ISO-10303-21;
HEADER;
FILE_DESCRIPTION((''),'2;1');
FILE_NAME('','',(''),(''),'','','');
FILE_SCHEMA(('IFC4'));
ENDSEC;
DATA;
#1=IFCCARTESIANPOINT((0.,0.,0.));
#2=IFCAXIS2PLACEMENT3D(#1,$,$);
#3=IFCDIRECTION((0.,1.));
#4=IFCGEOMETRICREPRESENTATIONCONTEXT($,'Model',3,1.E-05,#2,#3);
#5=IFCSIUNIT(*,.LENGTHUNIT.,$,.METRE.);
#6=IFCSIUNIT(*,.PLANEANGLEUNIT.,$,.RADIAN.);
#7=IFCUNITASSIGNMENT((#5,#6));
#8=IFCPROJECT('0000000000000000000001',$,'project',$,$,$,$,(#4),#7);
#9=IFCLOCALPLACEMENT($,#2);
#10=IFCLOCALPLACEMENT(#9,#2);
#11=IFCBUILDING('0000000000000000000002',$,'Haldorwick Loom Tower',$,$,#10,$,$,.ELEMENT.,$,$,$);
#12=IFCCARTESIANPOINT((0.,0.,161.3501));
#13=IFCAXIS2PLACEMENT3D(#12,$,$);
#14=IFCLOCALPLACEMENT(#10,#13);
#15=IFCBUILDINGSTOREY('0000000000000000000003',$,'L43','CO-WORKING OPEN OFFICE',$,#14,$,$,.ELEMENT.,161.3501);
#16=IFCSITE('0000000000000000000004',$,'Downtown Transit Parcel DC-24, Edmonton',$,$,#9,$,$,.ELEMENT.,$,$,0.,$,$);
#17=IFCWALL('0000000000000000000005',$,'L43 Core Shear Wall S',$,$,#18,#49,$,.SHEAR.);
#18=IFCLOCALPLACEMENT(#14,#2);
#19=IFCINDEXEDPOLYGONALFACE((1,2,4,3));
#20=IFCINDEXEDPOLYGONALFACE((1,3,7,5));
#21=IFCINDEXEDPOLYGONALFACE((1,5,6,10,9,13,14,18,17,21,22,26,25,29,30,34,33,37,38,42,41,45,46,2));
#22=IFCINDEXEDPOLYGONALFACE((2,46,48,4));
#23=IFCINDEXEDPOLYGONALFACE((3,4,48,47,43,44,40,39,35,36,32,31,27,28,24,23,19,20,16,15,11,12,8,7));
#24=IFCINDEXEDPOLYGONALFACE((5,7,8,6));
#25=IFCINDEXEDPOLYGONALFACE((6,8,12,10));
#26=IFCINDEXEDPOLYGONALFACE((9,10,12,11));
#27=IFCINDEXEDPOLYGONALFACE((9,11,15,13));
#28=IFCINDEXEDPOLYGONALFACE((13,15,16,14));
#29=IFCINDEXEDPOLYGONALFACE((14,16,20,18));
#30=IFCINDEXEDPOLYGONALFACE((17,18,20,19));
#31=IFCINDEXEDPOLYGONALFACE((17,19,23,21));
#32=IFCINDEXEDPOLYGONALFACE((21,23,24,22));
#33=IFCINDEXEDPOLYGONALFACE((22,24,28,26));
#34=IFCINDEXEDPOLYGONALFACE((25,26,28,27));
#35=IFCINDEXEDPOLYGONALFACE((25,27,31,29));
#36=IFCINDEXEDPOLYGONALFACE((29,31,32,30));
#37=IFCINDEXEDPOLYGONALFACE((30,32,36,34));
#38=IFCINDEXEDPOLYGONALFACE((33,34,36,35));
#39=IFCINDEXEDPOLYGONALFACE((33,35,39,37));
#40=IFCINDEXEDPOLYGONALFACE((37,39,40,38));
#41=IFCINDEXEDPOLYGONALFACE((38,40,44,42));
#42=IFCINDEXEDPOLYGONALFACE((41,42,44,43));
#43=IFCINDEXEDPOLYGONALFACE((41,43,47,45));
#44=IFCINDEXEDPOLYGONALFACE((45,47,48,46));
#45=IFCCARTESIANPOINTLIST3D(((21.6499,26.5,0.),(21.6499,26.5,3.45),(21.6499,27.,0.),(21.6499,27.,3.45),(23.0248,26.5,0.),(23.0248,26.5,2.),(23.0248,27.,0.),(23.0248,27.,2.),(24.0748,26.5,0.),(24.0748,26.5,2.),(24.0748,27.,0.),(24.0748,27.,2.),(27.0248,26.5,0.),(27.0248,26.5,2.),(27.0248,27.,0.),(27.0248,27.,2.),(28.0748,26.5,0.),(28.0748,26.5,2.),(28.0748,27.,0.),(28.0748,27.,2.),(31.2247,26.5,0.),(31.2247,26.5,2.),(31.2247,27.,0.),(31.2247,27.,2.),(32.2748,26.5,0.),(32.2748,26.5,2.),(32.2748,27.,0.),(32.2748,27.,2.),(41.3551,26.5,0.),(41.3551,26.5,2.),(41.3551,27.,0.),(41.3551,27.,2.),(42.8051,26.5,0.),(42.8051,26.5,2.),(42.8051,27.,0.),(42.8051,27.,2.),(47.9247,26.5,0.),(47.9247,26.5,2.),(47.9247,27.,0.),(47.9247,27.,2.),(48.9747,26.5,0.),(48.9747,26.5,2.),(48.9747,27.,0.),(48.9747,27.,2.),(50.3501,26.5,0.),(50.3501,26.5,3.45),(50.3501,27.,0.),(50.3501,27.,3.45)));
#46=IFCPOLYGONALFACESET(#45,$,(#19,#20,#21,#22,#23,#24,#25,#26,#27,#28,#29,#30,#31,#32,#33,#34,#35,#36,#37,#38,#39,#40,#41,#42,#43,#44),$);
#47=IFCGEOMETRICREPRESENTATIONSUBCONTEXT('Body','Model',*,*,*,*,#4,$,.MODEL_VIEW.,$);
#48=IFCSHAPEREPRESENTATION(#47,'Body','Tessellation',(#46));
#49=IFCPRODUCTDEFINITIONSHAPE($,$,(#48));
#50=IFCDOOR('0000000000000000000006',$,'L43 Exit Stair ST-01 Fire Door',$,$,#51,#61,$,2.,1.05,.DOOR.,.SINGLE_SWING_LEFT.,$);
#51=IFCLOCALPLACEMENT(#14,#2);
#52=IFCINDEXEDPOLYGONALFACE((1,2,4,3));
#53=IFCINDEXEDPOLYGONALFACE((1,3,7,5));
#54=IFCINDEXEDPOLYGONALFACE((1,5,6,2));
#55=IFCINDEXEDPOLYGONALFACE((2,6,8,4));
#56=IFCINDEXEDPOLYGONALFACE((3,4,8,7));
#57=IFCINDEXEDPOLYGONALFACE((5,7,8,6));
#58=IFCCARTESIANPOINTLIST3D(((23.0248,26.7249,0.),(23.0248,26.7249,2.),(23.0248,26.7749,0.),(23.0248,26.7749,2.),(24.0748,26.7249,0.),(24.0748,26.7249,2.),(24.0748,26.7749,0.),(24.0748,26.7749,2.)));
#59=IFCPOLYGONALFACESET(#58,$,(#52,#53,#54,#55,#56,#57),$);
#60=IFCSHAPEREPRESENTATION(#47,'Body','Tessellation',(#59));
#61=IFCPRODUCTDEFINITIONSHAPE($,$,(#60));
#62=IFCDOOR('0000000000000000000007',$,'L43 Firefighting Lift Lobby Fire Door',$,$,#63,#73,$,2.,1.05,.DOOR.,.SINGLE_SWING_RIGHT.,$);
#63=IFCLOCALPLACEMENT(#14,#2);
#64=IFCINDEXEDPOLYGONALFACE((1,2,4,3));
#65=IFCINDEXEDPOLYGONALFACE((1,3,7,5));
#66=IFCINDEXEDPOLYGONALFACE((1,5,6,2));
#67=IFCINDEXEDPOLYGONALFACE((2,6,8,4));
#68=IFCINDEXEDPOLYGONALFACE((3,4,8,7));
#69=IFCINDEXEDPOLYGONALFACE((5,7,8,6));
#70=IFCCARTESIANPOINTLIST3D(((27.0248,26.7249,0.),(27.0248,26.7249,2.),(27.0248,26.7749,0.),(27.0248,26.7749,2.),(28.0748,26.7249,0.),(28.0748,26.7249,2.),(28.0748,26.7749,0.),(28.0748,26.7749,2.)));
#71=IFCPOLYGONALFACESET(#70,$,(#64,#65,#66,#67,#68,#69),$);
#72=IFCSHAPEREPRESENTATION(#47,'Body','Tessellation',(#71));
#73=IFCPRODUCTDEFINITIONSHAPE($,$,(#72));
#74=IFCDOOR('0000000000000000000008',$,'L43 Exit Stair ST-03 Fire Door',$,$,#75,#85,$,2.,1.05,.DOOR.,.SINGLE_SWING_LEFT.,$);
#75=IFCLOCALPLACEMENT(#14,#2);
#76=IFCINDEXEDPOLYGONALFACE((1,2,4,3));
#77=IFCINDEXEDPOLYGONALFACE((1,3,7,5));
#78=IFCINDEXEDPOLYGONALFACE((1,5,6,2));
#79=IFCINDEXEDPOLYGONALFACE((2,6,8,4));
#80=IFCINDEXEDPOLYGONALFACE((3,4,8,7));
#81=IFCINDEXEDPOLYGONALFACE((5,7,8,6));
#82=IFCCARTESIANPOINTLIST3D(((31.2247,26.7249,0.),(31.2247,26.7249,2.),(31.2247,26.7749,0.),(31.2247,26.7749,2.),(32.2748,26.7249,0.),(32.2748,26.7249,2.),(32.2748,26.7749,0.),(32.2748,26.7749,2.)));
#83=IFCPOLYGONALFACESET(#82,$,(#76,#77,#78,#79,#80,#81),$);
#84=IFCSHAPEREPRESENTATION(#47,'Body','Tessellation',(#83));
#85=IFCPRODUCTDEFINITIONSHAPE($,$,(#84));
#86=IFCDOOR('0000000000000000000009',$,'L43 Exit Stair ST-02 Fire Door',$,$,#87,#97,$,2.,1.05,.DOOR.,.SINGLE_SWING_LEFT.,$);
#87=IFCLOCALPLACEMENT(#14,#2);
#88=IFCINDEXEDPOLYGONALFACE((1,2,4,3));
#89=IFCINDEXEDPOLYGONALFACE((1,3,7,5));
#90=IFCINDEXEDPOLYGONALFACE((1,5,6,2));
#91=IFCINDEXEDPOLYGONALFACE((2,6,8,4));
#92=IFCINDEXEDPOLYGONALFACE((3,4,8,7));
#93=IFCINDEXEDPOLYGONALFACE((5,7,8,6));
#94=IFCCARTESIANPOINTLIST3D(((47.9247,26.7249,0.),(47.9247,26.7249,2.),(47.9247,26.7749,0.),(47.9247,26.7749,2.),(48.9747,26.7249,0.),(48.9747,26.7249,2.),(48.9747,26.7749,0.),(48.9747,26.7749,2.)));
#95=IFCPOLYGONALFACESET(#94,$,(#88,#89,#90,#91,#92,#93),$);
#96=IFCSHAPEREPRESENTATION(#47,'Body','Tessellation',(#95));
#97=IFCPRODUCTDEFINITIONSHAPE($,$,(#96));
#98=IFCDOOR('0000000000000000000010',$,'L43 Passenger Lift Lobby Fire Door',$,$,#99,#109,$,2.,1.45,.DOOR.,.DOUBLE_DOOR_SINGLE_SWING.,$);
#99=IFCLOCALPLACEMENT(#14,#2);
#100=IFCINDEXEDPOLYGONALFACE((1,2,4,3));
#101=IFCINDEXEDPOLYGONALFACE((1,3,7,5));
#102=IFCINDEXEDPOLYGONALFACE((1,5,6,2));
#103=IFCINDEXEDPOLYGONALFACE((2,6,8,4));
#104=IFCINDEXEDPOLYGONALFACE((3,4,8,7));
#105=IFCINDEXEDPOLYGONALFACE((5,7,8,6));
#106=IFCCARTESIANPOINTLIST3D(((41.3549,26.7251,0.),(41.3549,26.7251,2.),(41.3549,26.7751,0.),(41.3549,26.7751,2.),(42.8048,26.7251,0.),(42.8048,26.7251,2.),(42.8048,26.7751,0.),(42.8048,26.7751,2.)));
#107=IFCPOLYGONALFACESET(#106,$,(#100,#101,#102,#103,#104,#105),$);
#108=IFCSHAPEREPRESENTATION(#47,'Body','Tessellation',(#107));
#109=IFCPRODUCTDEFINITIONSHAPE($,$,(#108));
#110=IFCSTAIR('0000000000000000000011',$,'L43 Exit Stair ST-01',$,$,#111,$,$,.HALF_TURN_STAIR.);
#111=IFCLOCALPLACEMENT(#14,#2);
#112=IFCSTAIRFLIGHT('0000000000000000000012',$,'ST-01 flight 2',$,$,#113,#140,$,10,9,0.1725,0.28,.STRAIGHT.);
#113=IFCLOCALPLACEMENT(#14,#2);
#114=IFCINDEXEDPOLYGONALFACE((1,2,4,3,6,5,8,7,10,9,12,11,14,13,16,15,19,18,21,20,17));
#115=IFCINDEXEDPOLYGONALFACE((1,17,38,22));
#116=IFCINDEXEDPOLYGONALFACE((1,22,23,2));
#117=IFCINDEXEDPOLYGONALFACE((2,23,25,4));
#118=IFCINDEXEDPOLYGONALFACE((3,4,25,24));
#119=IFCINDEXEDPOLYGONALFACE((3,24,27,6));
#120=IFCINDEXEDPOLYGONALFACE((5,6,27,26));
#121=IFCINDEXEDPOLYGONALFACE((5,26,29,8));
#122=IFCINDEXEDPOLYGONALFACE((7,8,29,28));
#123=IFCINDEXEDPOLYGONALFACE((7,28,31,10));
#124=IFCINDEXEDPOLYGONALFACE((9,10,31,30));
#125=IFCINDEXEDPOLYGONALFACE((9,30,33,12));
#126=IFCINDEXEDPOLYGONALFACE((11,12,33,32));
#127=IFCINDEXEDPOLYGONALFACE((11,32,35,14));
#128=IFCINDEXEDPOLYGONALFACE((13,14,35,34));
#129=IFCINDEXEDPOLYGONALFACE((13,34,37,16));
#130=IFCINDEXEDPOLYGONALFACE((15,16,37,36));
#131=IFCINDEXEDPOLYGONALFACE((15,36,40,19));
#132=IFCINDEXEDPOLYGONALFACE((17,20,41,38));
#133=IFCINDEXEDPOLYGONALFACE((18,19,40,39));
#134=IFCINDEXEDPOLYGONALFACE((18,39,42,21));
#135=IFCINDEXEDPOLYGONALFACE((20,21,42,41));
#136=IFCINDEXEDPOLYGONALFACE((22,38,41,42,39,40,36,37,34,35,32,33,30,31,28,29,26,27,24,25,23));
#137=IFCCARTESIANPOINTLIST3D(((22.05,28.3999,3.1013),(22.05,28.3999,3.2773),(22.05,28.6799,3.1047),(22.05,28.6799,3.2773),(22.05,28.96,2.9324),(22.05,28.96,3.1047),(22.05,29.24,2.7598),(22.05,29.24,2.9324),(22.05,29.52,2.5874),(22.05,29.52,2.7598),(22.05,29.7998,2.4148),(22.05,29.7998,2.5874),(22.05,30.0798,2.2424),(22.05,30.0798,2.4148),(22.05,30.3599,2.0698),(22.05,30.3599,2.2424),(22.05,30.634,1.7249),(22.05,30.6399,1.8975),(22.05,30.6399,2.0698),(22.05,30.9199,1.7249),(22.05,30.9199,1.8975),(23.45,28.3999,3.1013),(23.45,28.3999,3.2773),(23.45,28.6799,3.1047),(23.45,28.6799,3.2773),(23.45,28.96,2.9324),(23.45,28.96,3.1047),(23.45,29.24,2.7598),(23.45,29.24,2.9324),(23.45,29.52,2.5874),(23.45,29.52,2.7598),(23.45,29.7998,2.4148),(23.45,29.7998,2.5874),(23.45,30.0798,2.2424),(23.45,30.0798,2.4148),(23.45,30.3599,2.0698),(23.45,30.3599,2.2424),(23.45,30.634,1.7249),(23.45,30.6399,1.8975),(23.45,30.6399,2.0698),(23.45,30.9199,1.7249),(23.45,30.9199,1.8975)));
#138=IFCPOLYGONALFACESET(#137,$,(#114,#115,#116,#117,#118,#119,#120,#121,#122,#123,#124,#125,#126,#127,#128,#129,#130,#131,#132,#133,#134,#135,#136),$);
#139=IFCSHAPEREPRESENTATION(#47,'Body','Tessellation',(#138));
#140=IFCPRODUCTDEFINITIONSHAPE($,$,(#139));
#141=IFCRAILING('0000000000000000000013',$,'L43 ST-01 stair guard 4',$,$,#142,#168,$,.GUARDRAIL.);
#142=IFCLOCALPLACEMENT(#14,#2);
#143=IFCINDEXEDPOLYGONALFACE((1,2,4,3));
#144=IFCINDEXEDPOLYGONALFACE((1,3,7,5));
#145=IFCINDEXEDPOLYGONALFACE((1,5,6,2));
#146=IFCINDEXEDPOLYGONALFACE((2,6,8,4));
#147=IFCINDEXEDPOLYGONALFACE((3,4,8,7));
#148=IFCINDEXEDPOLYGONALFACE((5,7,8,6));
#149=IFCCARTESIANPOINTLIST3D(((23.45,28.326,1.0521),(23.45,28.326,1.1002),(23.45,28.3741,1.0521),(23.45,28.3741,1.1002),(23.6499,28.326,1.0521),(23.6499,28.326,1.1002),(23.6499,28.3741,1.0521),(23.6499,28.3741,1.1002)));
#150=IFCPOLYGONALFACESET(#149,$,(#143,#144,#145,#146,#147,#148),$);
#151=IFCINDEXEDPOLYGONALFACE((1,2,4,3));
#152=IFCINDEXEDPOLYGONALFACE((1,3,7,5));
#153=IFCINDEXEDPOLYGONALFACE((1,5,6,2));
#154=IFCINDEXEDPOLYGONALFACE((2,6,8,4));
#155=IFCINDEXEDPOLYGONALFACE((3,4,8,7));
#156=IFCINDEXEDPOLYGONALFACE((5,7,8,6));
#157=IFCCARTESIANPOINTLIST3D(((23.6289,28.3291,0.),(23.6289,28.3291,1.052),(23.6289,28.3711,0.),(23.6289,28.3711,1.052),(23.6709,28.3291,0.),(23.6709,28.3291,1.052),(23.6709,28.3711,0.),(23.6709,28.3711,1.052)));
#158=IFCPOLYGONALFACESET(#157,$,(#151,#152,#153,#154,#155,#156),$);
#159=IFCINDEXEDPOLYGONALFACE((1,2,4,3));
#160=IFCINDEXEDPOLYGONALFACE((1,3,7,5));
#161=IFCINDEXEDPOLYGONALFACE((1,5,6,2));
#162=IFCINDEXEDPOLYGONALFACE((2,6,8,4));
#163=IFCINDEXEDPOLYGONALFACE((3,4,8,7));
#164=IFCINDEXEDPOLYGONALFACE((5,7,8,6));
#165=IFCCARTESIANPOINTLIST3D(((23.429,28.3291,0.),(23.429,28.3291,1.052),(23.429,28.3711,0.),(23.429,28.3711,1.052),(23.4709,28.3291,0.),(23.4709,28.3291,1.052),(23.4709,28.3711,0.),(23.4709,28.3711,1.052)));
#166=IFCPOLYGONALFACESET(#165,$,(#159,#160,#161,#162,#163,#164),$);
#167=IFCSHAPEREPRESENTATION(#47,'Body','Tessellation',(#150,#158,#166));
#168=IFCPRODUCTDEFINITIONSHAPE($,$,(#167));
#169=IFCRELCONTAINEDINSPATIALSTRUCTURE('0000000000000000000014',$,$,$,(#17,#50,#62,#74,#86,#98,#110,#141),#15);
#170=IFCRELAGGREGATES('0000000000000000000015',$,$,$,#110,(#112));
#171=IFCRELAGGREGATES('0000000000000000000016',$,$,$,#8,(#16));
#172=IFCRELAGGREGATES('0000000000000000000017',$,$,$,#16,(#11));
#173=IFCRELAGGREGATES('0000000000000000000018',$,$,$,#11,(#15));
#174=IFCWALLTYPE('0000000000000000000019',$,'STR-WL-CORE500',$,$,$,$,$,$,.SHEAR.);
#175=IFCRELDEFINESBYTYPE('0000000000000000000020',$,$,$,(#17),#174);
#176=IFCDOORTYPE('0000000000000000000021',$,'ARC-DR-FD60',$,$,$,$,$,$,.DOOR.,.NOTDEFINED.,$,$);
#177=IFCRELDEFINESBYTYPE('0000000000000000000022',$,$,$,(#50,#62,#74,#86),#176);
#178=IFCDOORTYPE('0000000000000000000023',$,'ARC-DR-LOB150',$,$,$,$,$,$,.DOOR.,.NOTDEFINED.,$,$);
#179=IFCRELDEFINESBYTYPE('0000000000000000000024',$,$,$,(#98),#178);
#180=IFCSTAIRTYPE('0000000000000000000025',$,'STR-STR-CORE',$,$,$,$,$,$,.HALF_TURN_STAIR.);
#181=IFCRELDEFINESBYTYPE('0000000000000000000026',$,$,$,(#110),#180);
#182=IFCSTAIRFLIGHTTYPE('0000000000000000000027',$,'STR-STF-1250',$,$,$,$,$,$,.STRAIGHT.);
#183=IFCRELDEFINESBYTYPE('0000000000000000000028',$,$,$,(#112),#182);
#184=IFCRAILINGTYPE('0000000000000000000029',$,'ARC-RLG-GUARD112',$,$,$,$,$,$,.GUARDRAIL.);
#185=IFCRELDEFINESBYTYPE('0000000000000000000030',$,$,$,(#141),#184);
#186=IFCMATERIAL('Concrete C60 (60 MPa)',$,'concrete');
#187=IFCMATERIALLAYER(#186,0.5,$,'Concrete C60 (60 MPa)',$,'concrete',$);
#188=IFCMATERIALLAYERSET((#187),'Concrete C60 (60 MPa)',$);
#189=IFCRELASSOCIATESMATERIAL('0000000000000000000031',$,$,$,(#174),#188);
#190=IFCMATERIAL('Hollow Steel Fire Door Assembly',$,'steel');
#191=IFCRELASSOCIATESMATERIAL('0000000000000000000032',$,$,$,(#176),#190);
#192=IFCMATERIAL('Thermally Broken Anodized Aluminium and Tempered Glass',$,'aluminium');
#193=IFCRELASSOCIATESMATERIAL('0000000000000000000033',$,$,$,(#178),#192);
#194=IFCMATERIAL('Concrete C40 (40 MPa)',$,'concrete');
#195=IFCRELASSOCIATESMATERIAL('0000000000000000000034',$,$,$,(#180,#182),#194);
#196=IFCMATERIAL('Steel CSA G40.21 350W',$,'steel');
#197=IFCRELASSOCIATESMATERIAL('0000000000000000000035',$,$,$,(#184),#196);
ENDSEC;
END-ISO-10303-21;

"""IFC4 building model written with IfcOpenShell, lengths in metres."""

from ifc_helpers import new_model, si_unit, direction, frame, frame_2d, origin, origin_2d, place, context, subcontext, project, spatial, polyline, rectangle, outline, extrude, material, layer, layer_set, type_object, element, fill, aggregate, save


model = new_model("IFC4")

# Units and contexts
model_context = context("Model", 3, precision=1e-05, world=origin(), true_north=direction((0.0, 1.0)))
body_context = subcontext(model_context, "Body", "Model", "MODEL_VIEW")
ifc_project = project(units=[si_unit("LENGTHUNIT", "METRE"), si_unit("PLANEANGLEUNIT", "RADIAN")], contexts=[model_context])

# Site, building, storey
site_placement = place(None, origin())
site = spatial("IfcSite", under=ifc_project, at=site_placement, Name="Downtown Transit Parcel DC-24, Edmonton", CompositionType="ELEMENT", RefElevation=0.0)
building_placement = place(site_placement, origin())
building = spatial("IfcBuilding", under=site, at=building_placement, Name="Haldorwick Loom Tower", CompositionType="ELEMENT")
storey_placement = place(building_placement, frame((0.0, 0.0, 161.3501)))
storey = spatial("IfcBuildingStorey", under=building, at=storey_placement, Name="L43", Description="CO-WORKING OPEN OFFICE", CompositionType="ELEMENT", Elevation=161.3501)

# Shared definitions
ifc_material_1 = material(Name="Steel CSA G40.21 350W", Category="steel")
ifc_material_2 = material(Name="Concrete C60 (60 MPa)", Category="concrete")

# Wall, openings, doors
ifc_layer_1 = layer(ifc_material_2, 0.5, Name="Concrete C60 (60 MPa)", Category="concrete")
ifc_layer_set_1 = layer_set([ifc_layer_1], Name="Concrete C60 (60 MPa)")
wall_type_1 = type_object("IfcWallType", Name="STR-WL-CORE500", PredefinedType="SHEAR", material=ifc_layer_set_1)
wall_1_placement = place(storey_placement, frame((21.6499, 26.75, 0.0), z_axis=(0.0, 0.0, 1.0), x_axis=(1.0, 0.0, 0.0)))
wall_1 = element("IfcWall", 1, at=wall_1_placement, inside=storey, type_object=wall_type_1, Name="L43 Core Shear Wall S", PredefinedType="SHEAR", context=body_context, shape_type="SweptSolid", body=[
    extrude(rectangle(XDim=28.7002, YDim=0.5, at=frame_2d((14.3501, 0.0))), origin(), (0.0, 0.0, 1.0), 3.45),
])
opening_1_placement = place(wall_1_placement, frame((1.375, 0.0, 0.0)))
opening_1 = element("IfcOpeningElement", 2, at=opening_1_placement, cuts=wall_1, PredefinedType="OPENING", context=body_context, shape_type="SweptSolid", body=[
    extrude(rectangle(XDim=1.05, YDim=2.0, at=frame_2d((0.5249, 1.0))), frame((0.0, 0.26, 0.0), z_axis=(0.0, -1.0, 0.0), x_axis=(1.0, 0.0, 0.0)), (0.0, 0.0, 1.0), 0.52),
])
opening_2_placement = place(wall_1_placement, frame((5.375, 0.0, 0.0)))
opening_2 = element("IfcOpeningElement", 3, at=opening_2_placement, cuts=wall_1, PredefinedType="OPENING", context=body_context, shape_type="SweptSolid", body=[
    extrude(rectangle(XDim=1.05, YDim=2.0, at=frame_2d((0.5249, 1.0))), frame((0.0, 0.26, 0.0), z_axis=(0.0, -1.0, 0.0), x_axis=(1.0, 0.0, 0.0)), (0.0, 0.0, 1.0), 0.52),
])
opening_3_placement = place(wall_1_placement, frame((9.575, 0.0, 0.0)))
opening_3 = element("IfcOpeningElement", 4, at=opening_3_placement, cuts=wall_1, PredefinedType="OPENING", context=body_context, shape_type="SweptSolid", body=[
    extrude(rectangle(XDim=1.05, YDim=2.0, at=frame_2d((0.5249, 1.0))), frame((0.0, 0.26, 0.0), z_axis=(0.0, -1.0, 0.0), x_axis=(1.0, 0.0, 0.0)), (0.0, 0.0, 1.0), 0.52),
])
opening_4_placement = place(wall_1_placement, frame((19.7051, 0.0, 0.0)))
opening_4 = element("IfcOpeningElement", 5, at=opening_4_placement, cuts=wall_1, PredefinedType="OPENING", context=body_context, shape_type="SweptSolid", body=[
    extrude(rectangle(XDim=1.45, YDim=2.0, at=frame_2d((0.7251, 1.0))), frame((0.0, 0.26, 0.0), z_axis=(0.0, -1.0, 0.0), x_axis=(1.0, 0.0, 0.0)), (0.0, 0.0, 1.0), 0.52),
])
opening_5_placement = place(wall_1_placement, frame((26.2749, 0.0, 0.0)))
opening_5 = element("IfcOpeningElement", 6, at=opening_5_placement, cuts=wall_1, PredefinedType="OPENING", context=body_context, shape_type="SweptSolid", body=[
    extrude(rectangle(XDim=1.05, YDim=2.0, at=frame_2d((0.5249, 1.0))), frame((0.0, 0.26, 0.0), z_axis=(0.0, -1.0, 0.0), x_axis=(1.0, 0.0, 0.0)), (0.0, 0.0, 1.0), 0.52),
])
ifc_material_3 = material(Name="Hollow Steel Fire Door Assembly", Category="steel")
door_type_1 = type_object("IfcDoorType", Name="ARC-DR-FD60", OperationType="NOTDEFINED", PredefinedType="DOOR", material=ifc_material_3)
door_1_placement = place(opening_1_placement, origin())
door_1 = element("IfcDoor", 7, at=door_1_placement, inside=storey, type_object=door_type_1, Name="L43 Exit Stair ST-01 Fire Door", OperationType="SINGLE_SWING_LEFT", OverallHeight=2.0, OverallWidth=1.05, PredefinedType="DOOR", context=body_context, shape_type="SweptSolid", body=[
    extrude(rectangle(XDim=1.05, YDim=2.0, at=frame_2d((0.5249, 1.0))), frame((0.0, 0.0249, 0.0), z_axis=(0.0, -1.0, 0.0), x_axis=(1.0, 0.0, 0.0)), (0.0, 0.0, 1.0), 0.05),
])
fill(opening_1, door_1)
door_2_placement = place(opening_2_placement, origin())
door_2 = element("IfcDoor", 8, at=door_2_placement, inside=storey, type_object=door_type_1, Name="L43 Firefighting Lift Lobby Fire Door", OperationType="SINGLE_SWING_RIGHT", OverallHeight=2.0, OverallWidth=1.05, PredefinedType="DOOR", context=body_context, shape_type="SweptSolid", body=[
    extrude(rectangle(XDim=1.05, YDim=2.0, at=frame_2d((0.5249, 1.0))), frame((0.0, 0.0249, 0.0), z_axis=(0.0, -1.0, 0.0), x_axis=(1.0, 0.0, 0.0)), (0.0, 0.0, 1.0), 0.05),
])
fill(opening_2, door_2)
door_3_placement = place(opening_3_placement, origin())
door_3 = element("IfcDoor", 9, at=door_3_placement, inside=storey, type_object=door_type_1, Name="L43 Exit Stair ST-03 Fire Door", OperationType="SINGLE_SWING_LEFT", OverallHeight=2.0, OverallWidth=1.05, PredefinedType="DOOR", context=body_context, shape_type="SweptSolid", body=[
    extrude(rectangle(XDim=1.05, YDim=2.0, at=frame_2d((0.5249, 1.0))), frame((0.0, 0.0249, 0.0), z_axis=(0.0, -1.0, 0.0), x_axis=(1.0, 0.0, 0.0)), (0.0, 0.0, 1.0), 0.05),
])
fill(opening_3, door_3)
door_4_placement = place(opening_5_placement, origin())
door_4 = element("IfcDoor", 10, at=door_4_placement, inside=storey, type_object=door_type_1, Name="L43 Exit Stair ST-02 Fire Door", OperationType="SINGLE_SWING_LEFT", OverallHeight=2.0, OverallWidth=1.05, PredefinedType="DOOR", context=body_context, shape_type="SweptSolid", body=[
    extrude(rectangle(XDim=1.05, YDim=2.0, at=frame_2d((0.5249, 1.0))), frame((0.0, 0.0249, 0.0), z_axis=(0.0, -1.0, 0.0), x_axis=(1.0, 0.0, 0.0)), (0.0, 0.0, 1.0), 0.05),
])
fill(opening_5, door_4)
ifc_material_4 = material(Name="Thermally Broken Anodized Aluminium and Tempered Glass", Category="aluminium")
door_type_2 = type_object("IfcDoorType", Name="ARC-DR-LOB150", OperationType="NOTDEFINED", PredefinedType="DOOR", material=ifc_material_4)
door_5_placement = place(opening_4_placement, frame((1.45, 0.0, 0.0), z_axis=(0.0, 0.0, 1.0), x_axis=(-1.0, 0.0, 0.0)))
door_5 = element("IfcDoor", 11, at=door_5_placement, inside=storey, type_object=door_type_2, Name="L43 Passenger Lift Lobby Fire Door", OperationType="DOUBLE_DOOR_SINGLE_SWING", OverallHeight=2.0, OverallWidth=1.45, PredefinedType="DOOR", context=body_context, shape_type="SweptSolid", body=[
    extrude(rectangle(XDim=1.45, YDim=2.0, at=frame_2d((0.7251, 1.0))), frame((0.0, 0.0249, 0.0), z_axis=(0.0, -1.0, 0.0), x_axis=(1.0, 0.0, 0.0)), (0.0, 0.0, 1.0), 0.05),
])
fill(opening_4, door_5)

# Stair, stair flight
ifc_material_5 = material(Name="Concrete C40 (40 MPa)", Category="concrete")
stair_type = type_object("IfcStairType", Name="STR-STR-CORE", PredefinedType="HALF_TURN_STAIR", material=ifc_material_5)
stair_placement = place(storey_placement, origin())
stair = element("IfcStair", 12, at=stair_placement, inside=storey, type_object=stair_type, Name="L43 Exit Stair ST-01", PredefinedType="HALF_TURN_STAIR")
stair_flight_type = type_object("IfcStairFlightType", Name="STR-STF-1250", PredefinedType="STRAIGHT", material=ifc_material_5)
stair_flight_placement = place(storey_placement, frame((22.75, 30.9199, 1.7249), z_axis=(0.0, 0.0, 1.0), x_axis=(0.0, -1.0, 0.0)))
stair_flight = element("IfcStairFlight", 13, at=stair_flight_placement, type_object=stair_flight_type, Name="ST-01 flight 2", NumberOfRisers=10, NumberOfTreads=9, PredefinedType="STRAIGHT", RiserHeight=0.1725, TreadLength=0.28, context=body_context, shape_type="SweptSolid", body=[
    extrude(outline(polyline([(0.0, 0.0), (0.0, 0.1726), (0.28, 0.1726), (0.28, 0.345), (0.5601, 0.345), (0.5601, 0.5176), (0.8401, 0.5176), (0.8401, 0.6899), (1.1201, 0.6899), (1.1201, 0.8625), (1.3999, 0.8625), (1.3999, 1.0349), (1.6799, 1.0349), (1.6799, 1.2075), (1.96, 1.2075), (1.96, 1.3799), (2.24, 1.3799), (2.24, 1.5525), (2.52, 1.5525), (2.52, 1.7251), (2.52, 1.3765), (0.2859, 0.0), (0.0, 0.0)])), frame((0.0, 0.7, 0.0), z_axis=(0.0, -1.0, 0.0), x_axis=(1.0, 0.0, 0.0)), (0.0, 0.0, 1.0), 1.3999),
])
aggregate(stair, [stair_flight])

# Railing
railing_type_1 = type_object("IfcRailingType", Name="ARC-RLG-GUARD112", PredefinedType="GUARDRAIL", material=ifc_material_1)
railing_1_placement = place(storey_placement, frame((23.6499, 28.3501, 0.0)))
element("IfcRailing", 14, at=railing_1_placement, inside=storey, type_object=railing_type_1, Name="L43 ST-01 stair guard 4", PredefinedType="GUARDRAIL", context=body_context, shape_type="SweptSolid", body=[
    extrude(rectangle(XDim=0.0481, YDim=0.0481, at=origin_2d()), frame((0.0, 0.0, 1.0762), z_axis=(-1.0, 0.0, 0.0), x_axis=(0.0, -1.0, 0.0)), (0.0, 0.0, 1.0), 0.2),
    extrude(rectangle(XDim=0.042, YDim=0.042, at=origin_2d()), origin(), (0.0, 0.0, 1.0), 1.052),
    extrude(rectangle(XDim=0.042, YDim=0.042, at=origin_2d()), frame((-0.2, 0.0, 0.0)), (0.0, 0.0, 1.0), 1.052),
])

save(model, "model.ifc")
